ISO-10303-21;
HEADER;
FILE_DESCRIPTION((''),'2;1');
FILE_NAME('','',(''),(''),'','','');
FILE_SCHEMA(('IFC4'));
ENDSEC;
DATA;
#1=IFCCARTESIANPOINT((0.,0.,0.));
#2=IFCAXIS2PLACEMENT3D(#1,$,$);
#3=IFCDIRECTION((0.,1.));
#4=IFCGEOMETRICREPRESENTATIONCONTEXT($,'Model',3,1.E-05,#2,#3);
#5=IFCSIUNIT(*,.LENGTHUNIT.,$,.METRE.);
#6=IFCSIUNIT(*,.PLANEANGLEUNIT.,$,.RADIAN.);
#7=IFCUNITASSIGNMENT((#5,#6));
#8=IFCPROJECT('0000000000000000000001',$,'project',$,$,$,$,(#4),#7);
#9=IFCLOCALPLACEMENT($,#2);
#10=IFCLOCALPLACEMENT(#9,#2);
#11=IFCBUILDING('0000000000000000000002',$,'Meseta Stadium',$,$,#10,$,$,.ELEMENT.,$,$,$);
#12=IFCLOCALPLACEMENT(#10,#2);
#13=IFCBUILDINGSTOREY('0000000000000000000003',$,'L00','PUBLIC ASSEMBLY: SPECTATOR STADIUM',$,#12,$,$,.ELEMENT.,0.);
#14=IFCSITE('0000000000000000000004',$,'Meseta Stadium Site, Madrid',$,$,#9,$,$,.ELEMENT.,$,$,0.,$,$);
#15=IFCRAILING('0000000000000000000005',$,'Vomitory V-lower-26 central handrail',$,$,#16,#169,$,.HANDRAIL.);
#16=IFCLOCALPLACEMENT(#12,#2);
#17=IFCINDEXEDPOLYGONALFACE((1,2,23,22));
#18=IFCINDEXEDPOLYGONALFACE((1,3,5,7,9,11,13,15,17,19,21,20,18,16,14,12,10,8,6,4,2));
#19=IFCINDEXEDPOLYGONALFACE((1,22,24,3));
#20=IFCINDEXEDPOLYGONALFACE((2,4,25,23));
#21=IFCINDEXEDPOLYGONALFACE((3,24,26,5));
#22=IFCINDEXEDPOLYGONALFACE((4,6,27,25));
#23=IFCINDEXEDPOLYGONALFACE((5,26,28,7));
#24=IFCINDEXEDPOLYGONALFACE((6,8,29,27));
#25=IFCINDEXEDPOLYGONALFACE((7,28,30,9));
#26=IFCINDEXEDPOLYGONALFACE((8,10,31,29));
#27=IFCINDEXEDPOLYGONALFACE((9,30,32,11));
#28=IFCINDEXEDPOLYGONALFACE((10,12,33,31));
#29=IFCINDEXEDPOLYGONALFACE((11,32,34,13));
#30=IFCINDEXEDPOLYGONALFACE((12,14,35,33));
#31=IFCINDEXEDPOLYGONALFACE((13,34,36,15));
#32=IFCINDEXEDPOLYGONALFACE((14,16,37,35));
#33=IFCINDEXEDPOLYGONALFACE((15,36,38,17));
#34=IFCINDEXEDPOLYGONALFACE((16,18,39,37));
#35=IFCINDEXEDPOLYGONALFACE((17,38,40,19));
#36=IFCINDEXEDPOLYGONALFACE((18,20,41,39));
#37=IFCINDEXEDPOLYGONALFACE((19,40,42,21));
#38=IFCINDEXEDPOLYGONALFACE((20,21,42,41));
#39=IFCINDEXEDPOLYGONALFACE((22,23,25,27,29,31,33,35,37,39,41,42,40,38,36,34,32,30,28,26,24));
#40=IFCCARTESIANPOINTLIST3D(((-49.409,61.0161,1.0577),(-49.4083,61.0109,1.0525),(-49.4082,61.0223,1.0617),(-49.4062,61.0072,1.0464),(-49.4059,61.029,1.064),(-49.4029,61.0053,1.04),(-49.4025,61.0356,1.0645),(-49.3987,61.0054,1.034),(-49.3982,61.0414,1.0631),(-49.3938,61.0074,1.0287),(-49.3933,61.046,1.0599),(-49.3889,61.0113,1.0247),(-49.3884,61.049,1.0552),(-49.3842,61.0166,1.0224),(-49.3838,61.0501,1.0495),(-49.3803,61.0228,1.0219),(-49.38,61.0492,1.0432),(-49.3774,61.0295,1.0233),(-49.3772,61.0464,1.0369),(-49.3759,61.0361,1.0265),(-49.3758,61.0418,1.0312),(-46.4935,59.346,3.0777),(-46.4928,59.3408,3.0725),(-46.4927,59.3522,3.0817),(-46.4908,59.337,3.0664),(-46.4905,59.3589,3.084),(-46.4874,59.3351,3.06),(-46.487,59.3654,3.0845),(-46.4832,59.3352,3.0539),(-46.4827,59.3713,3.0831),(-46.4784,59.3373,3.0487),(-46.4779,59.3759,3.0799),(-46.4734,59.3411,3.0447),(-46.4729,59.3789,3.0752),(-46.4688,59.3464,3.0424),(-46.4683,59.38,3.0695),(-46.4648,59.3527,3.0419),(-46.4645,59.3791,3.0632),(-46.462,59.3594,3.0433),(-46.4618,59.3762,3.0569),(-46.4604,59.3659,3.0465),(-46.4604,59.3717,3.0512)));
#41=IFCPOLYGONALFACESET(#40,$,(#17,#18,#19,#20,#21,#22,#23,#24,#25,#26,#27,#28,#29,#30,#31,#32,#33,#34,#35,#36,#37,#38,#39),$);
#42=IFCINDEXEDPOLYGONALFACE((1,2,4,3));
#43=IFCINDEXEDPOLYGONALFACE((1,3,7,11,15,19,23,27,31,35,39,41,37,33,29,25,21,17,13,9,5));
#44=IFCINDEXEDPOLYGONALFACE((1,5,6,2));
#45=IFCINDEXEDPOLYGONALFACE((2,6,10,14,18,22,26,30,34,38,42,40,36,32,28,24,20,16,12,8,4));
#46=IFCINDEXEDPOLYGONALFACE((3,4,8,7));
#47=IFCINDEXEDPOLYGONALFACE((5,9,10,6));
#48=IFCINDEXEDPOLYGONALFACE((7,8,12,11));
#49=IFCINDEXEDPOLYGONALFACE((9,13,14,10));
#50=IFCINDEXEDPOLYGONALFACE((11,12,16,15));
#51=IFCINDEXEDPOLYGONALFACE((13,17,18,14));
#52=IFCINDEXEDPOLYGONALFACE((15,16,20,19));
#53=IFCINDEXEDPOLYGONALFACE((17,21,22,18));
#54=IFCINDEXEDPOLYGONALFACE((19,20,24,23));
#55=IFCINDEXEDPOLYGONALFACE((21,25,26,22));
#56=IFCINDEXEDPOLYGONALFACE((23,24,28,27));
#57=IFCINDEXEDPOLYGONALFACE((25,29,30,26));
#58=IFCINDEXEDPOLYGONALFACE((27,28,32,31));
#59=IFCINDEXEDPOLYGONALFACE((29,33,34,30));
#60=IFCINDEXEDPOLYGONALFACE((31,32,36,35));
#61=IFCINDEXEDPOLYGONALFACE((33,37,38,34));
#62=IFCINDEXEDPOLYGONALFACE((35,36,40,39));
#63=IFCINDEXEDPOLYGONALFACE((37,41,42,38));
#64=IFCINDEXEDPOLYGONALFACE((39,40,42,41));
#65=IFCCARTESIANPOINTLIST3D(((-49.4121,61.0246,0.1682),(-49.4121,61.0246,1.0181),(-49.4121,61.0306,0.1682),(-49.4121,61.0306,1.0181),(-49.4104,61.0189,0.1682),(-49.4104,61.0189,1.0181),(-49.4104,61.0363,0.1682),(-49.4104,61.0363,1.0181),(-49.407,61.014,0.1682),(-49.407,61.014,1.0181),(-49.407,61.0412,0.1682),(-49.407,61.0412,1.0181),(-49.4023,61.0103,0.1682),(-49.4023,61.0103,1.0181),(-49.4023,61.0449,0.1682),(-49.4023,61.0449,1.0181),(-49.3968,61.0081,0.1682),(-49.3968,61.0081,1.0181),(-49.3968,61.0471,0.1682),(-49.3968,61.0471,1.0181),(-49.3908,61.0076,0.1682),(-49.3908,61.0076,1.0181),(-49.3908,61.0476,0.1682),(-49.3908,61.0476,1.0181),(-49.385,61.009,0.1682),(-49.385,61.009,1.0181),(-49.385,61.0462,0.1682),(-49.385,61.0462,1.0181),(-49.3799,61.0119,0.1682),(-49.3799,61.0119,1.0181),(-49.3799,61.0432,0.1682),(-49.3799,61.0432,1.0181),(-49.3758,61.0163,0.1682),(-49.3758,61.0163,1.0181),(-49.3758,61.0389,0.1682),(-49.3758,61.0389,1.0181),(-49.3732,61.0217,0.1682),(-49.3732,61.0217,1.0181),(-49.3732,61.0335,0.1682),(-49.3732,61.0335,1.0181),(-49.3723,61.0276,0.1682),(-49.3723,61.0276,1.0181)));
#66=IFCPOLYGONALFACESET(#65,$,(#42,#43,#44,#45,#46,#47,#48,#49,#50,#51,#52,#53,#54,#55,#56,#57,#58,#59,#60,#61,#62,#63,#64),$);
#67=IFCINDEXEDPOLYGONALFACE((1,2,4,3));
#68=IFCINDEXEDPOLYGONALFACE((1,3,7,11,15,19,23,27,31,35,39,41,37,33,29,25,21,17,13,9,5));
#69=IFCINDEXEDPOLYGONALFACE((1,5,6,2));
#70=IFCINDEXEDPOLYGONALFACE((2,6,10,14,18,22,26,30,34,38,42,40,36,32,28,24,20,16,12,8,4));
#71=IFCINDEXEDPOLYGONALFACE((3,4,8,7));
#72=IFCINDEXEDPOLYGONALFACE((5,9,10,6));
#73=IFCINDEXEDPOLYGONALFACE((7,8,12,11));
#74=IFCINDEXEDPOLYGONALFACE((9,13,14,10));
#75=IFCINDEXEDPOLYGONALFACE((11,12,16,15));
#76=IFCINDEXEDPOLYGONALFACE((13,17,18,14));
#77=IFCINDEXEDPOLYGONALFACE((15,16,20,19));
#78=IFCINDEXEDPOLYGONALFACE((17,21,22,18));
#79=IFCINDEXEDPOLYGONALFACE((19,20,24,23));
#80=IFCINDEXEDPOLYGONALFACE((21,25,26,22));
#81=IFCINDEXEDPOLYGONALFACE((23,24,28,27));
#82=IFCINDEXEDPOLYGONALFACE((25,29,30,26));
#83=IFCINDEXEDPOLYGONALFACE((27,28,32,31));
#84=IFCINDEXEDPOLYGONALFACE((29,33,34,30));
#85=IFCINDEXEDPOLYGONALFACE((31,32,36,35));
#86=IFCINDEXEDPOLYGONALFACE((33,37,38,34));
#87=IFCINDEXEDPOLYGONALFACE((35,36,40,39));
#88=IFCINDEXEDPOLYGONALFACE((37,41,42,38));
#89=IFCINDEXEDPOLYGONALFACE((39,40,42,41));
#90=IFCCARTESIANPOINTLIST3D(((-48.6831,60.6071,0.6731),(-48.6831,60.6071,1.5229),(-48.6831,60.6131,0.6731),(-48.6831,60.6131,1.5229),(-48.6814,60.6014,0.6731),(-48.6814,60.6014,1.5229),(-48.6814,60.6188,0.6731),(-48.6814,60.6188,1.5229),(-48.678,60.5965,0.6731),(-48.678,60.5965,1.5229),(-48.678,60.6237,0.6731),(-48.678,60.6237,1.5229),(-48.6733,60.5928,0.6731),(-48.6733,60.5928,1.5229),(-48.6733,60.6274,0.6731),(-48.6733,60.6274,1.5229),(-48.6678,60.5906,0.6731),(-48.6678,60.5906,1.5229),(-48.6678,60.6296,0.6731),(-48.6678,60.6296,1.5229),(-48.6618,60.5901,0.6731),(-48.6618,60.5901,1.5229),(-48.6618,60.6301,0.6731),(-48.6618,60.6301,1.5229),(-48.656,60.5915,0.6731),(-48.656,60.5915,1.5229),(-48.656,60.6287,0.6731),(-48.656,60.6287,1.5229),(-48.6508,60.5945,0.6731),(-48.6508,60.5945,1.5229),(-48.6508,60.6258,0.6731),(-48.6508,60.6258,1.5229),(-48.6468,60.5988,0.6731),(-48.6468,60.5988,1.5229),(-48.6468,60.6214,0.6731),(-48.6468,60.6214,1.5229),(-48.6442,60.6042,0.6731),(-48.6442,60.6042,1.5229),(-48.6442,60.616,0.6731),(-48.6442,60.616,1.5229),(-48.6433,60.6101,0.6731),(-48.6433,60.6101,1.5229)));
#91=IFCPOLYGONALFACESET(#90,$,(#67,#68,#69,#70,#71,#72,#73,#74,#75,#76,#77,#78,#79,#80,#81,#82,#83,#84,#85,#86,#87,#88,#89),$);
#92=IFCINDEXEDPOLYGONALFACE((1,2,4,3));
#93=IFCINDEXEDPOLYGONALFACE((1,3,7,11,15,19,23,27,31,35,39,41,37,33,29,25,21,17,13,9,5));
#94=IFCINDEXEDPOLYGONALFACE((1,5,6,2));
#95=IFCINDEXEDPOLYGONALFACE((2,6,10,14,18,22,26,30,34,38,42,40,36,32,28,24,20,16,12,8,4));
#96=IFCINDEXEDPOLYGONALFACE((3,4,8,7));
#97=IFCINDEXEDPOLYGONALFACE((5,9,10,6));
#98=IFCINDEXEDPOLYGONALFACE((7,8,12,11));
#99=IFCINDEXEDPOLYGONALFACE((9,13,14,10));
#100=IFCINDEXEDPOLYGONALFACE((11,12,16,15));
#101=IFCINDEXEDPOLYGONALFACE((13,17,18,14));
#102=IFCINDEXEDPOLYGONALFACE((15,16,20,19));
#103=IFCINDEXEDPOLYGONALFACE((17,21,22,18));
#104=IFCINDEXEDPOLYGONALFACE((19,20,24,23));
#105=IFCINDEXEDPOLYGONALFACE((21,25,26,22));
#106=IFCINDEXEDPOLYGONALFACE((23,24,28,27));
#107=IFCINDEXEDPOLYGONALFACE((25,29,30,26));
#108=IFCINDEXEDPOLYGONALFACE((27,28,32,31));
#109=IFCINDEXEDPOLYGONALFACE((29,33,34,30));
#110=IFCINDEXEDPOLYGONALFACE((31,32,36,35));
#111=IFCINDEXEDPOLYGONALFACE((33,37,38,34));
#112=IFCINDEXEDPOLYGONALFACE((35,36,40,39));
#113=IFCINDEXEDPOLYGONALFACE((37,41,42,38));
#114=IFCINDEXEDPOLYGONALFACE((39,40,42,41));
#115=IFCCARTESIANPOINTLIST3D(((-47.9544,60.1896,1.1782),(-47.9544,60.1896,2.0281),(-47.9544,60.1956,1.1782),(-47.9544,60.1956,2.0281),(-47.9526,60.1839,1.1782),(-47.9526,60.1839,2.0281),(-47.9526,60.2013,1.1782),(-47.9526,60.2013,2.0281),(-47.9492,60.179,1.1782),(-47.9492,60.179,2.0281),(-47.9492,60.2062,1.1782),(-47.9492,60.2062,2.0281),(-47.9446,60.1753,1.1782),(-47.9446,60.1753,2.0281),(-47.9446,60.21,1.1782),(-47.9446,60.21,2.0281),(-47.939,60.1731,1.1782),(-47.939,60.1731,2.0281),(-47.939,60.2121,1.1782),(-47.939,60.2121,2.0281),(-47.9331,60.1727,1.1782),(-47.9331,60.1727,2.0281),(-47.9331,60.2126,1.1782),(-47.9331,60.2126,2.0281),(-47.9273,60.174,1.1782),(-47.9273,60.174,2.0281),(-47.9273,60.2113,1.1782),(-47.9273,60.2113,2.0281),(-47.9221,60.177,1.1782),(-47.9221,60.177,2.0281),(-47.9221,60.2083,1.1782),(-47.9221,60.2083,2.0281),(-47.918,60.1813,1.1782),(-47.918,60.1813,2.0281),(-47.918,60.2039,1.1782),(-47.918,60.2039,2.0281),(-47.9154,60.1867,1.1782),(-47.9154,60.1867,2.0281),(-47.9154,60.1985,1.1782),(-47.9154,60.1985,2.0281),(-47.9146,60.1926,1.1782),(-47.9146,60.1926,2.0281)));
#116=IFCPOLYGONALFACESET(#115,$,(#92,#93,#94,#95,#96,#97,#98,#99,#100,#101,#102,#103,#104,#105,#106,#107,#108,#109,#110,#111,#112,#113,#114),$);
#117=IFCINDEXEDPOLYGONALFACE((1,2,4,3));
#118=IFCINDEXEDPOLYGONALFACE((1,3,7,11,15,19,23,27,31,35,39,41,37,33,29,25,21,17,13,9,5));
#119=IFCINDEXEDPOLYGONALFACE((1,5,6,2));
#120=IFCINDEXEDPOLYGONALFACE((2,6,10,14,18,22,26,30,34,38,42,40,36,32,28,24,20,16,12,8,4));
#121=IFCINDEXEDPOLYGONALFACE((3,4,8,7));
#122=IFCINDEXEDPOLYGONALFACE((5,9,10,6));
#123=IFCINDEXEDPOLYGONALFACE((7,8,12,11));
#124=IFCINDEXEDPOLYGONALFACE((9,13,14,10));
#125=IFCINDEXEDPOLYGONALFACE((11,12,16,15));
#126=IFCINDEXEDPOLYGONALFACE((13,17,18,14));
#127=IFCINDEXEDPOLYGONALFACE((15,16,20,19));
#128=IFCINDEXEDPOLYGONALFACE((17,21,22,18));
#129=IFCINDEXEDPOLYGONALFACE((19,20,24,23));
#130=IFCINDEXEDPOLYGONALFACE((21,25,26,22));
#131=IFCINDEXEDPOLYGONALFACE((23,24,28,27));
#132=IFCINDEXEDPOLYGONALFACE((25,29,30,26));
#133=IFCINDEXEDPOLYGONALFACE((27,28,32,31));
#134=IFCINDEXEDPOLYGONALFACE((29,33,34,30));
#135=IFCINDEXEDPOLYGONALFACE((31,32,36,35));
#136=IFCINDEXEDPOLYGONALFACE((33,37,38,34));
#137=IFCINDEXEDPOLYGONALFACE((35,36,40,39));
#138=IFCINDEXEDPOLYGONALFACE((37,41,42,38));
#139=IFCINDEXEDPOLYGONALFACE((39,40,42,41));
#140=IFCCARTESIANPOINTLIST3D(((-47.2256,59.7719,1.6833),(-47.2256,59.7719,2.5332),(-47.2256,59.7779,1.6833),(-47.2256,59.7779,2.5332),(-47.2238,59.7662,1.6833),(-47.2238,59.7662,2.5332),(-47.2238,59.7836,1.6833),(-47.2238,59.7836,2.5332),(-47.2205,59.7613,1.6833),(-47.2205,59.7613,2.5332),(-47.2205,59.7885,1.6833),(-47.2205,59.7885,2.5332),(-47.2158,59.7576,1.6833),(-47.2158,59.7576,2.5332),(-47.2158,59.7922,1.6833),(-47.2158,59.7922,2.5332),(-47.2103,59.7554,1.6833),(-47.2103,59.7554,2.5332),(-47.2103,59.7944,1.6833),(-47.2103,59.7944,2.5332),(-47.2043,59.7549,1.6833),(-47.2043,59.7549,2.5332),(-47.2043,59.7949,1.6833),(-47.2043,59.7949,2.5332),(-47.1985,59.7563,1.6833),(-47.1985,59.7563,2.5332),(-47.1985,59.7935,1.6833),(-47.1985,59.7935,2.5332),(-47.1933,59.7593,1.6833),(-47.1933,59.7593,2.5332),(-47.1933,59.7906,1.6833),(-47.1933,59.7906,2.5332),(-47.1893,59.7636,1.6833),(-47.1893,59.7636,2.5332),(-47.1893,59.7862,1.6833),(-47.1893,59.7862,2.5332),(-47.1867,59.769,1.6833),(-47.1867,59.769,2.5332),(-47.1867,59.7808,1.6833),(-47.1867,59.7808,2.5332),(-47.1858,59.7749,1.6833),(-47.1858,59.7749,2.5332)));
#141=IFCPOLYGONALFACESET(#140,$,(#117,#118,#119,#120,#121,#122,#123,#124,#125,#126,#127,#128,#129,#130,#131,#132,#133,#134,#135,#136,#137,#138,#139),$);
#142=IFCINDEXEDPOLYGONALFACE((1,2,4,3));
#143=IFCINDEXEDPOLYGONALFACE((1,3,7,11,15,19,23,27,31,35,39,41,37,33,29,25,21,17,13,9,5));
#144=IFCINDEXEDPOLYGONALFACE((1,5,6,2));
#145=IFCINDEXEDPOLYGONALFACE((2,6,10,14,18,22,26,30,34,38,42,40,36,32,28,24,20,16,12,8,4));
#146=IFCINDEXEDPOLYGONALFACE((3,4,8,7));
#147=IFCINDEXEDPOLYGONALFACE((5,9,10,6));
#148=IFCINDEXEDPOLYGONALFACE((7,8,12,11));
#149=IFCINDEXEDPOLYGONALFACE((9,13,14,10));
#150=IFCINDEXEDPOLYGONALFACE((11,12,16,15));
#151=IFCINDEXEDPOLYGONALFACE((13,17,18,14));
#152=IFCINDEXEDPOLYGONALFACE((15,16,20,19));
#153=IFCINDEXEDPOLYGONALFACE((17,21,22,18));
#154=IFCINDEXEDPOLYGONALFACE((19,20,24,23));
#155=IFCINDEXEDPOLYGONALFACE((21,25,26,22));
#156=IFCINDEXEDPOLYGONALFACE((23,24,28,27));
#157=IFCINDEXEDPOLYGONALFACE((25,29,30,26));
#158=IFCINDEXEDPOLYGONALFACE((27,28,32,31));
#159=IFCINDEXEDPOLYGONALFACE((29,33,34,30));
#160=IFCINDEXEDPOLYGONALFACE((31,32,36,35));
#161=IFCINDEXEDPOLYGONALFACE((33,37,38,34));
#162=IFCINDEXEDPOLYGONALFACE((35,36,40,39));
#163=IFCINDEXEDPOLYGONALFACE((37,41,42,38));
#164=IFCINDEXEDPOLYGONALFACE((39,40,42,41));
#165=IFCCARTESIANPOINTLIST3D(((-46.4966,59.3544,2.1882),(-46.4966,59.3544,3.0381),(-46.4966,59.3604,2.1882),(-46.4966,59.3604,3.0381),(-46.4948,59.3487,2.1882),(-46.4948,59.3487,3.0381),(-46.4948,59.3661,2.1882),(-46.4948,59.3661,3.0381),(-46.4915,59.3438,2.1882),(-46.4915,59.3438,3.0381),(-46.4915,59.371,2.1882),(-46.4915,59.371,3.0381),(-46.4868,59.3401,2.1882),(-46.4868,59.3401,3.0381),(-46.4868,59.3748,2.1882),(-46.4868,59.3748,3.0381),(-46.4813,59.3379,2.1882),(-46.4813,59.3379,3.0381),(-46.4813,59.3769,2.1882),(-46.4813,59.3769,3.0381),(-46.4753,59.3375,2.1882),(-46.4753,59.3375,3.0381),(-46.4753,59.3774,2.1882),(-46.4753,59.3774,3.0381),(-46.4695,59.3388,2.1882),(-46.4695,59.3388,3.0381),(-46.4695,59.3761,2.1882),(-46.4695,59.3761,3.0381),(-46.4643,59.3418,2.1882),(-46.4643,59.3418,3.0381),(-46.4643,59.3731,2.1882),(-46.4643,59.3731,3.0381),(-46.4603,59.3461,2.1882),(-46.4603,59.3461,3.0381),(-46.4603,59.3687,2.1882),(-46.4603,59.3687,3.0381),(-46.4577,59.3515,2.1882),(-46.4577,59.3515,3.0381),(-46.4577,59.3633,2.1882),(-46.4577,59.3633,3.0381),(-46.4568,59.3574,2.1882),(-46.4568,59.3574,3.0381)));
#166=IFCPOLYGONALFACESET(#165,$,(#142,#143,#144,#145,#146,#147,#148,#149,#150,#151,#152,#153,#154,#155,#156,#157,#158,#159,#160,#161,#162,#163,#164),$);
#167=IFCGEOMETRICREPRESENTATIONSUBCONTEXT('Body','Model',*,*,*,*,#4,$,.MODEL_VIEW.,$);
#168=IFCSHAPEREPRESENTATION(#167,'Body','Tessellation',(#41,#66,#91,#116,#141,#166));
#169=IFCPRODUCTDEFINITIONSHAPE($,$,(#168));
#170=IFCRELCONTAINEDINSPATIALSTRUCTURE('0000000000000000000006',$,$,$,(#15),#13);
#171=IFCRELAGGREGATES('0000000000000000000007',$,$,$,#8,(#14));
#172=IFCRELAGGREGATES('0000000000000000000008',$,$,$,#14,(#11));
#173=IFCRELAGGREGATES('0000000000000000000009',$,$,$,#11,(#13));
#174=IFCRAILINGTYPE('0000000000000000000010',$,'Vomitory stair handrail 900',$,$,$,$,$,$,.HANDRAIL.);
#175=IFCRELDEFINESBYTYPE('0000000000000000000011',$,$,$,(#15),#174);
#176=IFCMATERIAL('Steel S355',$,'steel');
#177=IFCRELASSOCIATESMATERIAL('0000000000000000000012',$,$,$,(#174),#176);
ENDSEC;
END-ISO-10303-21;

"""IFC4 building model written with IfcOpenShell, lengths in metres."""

from ifc_helpers import new_model, si_unit, direction, frame, origin, origin_2d, place, context, subcontext, project, spatial, circle, extrude, material, type_object, element, save


model = new_model("IFC4")

# Units and contexts
model_context = context("Model", 3, precision=1e-05, world=origin(), true_north=direction((0.0, 1.0)))
body_context = subcontext(model_context, "Body", "Model", "MODEL_VIEW")
ifc_project = project(units=[si_unit("LENGTHUNIT", "METRE"), si_unit("PLANEANGLEUNIT", "RADIAN")], contexts=[model_context])

# Site, building, storey
site_placement = place(None, origin())
site = spatial("IfcSite", under=ifc_project, at=site_placement, Name="Meseta Stadium Site, Madrid", CompositionType="ELEMENT", RefElevation=0.0)
building_placement = place(site_placement, origin())
building = spatial("IfcBuilding", under=site, at=building_placement, Name="Meseta Stadium", CompositionType="ELEMENT")
storey_placement = place(building_placement, origin())
storey = spatial("IfcBuildingStorey", under=building, at=storey_placement, Name="L00", Description="PUBLIC ASSEMBLY: SPECTATOR STADIUM", CompositionType="ELEMENT", Elevation=0.0)

# Railing
ifc_material_1 = material(Name="Steel S355", Category="steel")
railing_type_1 = type_object("IfcRailingType", Name="Vomitory stair handrail 900", PredefinedType="HANDRAIL", material=ifc_material_1)
railing_1_placement = place(storey_placement, frame((-49.3923, 61.0276, 0.1682)))
element("IfcRailing", 1, at=railing_1_placement, inside=storey, type_object=railing_type_1, Name="Vomitory V-lower-26 central handrail", PredefinedType="HANDRAIL", context=body_context, shape_type="SweptSolid", body=[
    extrude(circle(Radius=0.0249, at=origin_2d()), frame((0.0, 0.0, 0.875), z_axis=(0.743664, -0.42601, 0.515247), x_axis=(0.49707, 0.867711, 0.0)), (0.0, 0.0, 1.0), 3.9204),
    extrude(circle(Radius=0.02, at=origin_2d()), origin(), (0.0, 0.0, 1.0), 0.8499),
    extrude(circle(Radius=0.02, at=origin_2d()), frame((0.729, -0.4175, 0.5049)), (0.0, 0.0, 1.0), 0.8499),
    extrude(circle(Radius=0.02, at=origin_2d()), frame((1.4578, -0.835, 1.01)), (0.0, 0.0, 1.0), 0.8499),
    extrude(circle(Radius=0.02, at=origin_2d()), frame((2.1865, -1.2527, 1.5151)), (0.0, 0.0, 1.0), 0.8499),
    extrude(circle(Radius=0.02, at=origin_2d()), frame((2.9155, -1.6702, 2.02)), (0.0, 0.0, 1.0), 0.8499),
])

save(model, "model.ifc")
